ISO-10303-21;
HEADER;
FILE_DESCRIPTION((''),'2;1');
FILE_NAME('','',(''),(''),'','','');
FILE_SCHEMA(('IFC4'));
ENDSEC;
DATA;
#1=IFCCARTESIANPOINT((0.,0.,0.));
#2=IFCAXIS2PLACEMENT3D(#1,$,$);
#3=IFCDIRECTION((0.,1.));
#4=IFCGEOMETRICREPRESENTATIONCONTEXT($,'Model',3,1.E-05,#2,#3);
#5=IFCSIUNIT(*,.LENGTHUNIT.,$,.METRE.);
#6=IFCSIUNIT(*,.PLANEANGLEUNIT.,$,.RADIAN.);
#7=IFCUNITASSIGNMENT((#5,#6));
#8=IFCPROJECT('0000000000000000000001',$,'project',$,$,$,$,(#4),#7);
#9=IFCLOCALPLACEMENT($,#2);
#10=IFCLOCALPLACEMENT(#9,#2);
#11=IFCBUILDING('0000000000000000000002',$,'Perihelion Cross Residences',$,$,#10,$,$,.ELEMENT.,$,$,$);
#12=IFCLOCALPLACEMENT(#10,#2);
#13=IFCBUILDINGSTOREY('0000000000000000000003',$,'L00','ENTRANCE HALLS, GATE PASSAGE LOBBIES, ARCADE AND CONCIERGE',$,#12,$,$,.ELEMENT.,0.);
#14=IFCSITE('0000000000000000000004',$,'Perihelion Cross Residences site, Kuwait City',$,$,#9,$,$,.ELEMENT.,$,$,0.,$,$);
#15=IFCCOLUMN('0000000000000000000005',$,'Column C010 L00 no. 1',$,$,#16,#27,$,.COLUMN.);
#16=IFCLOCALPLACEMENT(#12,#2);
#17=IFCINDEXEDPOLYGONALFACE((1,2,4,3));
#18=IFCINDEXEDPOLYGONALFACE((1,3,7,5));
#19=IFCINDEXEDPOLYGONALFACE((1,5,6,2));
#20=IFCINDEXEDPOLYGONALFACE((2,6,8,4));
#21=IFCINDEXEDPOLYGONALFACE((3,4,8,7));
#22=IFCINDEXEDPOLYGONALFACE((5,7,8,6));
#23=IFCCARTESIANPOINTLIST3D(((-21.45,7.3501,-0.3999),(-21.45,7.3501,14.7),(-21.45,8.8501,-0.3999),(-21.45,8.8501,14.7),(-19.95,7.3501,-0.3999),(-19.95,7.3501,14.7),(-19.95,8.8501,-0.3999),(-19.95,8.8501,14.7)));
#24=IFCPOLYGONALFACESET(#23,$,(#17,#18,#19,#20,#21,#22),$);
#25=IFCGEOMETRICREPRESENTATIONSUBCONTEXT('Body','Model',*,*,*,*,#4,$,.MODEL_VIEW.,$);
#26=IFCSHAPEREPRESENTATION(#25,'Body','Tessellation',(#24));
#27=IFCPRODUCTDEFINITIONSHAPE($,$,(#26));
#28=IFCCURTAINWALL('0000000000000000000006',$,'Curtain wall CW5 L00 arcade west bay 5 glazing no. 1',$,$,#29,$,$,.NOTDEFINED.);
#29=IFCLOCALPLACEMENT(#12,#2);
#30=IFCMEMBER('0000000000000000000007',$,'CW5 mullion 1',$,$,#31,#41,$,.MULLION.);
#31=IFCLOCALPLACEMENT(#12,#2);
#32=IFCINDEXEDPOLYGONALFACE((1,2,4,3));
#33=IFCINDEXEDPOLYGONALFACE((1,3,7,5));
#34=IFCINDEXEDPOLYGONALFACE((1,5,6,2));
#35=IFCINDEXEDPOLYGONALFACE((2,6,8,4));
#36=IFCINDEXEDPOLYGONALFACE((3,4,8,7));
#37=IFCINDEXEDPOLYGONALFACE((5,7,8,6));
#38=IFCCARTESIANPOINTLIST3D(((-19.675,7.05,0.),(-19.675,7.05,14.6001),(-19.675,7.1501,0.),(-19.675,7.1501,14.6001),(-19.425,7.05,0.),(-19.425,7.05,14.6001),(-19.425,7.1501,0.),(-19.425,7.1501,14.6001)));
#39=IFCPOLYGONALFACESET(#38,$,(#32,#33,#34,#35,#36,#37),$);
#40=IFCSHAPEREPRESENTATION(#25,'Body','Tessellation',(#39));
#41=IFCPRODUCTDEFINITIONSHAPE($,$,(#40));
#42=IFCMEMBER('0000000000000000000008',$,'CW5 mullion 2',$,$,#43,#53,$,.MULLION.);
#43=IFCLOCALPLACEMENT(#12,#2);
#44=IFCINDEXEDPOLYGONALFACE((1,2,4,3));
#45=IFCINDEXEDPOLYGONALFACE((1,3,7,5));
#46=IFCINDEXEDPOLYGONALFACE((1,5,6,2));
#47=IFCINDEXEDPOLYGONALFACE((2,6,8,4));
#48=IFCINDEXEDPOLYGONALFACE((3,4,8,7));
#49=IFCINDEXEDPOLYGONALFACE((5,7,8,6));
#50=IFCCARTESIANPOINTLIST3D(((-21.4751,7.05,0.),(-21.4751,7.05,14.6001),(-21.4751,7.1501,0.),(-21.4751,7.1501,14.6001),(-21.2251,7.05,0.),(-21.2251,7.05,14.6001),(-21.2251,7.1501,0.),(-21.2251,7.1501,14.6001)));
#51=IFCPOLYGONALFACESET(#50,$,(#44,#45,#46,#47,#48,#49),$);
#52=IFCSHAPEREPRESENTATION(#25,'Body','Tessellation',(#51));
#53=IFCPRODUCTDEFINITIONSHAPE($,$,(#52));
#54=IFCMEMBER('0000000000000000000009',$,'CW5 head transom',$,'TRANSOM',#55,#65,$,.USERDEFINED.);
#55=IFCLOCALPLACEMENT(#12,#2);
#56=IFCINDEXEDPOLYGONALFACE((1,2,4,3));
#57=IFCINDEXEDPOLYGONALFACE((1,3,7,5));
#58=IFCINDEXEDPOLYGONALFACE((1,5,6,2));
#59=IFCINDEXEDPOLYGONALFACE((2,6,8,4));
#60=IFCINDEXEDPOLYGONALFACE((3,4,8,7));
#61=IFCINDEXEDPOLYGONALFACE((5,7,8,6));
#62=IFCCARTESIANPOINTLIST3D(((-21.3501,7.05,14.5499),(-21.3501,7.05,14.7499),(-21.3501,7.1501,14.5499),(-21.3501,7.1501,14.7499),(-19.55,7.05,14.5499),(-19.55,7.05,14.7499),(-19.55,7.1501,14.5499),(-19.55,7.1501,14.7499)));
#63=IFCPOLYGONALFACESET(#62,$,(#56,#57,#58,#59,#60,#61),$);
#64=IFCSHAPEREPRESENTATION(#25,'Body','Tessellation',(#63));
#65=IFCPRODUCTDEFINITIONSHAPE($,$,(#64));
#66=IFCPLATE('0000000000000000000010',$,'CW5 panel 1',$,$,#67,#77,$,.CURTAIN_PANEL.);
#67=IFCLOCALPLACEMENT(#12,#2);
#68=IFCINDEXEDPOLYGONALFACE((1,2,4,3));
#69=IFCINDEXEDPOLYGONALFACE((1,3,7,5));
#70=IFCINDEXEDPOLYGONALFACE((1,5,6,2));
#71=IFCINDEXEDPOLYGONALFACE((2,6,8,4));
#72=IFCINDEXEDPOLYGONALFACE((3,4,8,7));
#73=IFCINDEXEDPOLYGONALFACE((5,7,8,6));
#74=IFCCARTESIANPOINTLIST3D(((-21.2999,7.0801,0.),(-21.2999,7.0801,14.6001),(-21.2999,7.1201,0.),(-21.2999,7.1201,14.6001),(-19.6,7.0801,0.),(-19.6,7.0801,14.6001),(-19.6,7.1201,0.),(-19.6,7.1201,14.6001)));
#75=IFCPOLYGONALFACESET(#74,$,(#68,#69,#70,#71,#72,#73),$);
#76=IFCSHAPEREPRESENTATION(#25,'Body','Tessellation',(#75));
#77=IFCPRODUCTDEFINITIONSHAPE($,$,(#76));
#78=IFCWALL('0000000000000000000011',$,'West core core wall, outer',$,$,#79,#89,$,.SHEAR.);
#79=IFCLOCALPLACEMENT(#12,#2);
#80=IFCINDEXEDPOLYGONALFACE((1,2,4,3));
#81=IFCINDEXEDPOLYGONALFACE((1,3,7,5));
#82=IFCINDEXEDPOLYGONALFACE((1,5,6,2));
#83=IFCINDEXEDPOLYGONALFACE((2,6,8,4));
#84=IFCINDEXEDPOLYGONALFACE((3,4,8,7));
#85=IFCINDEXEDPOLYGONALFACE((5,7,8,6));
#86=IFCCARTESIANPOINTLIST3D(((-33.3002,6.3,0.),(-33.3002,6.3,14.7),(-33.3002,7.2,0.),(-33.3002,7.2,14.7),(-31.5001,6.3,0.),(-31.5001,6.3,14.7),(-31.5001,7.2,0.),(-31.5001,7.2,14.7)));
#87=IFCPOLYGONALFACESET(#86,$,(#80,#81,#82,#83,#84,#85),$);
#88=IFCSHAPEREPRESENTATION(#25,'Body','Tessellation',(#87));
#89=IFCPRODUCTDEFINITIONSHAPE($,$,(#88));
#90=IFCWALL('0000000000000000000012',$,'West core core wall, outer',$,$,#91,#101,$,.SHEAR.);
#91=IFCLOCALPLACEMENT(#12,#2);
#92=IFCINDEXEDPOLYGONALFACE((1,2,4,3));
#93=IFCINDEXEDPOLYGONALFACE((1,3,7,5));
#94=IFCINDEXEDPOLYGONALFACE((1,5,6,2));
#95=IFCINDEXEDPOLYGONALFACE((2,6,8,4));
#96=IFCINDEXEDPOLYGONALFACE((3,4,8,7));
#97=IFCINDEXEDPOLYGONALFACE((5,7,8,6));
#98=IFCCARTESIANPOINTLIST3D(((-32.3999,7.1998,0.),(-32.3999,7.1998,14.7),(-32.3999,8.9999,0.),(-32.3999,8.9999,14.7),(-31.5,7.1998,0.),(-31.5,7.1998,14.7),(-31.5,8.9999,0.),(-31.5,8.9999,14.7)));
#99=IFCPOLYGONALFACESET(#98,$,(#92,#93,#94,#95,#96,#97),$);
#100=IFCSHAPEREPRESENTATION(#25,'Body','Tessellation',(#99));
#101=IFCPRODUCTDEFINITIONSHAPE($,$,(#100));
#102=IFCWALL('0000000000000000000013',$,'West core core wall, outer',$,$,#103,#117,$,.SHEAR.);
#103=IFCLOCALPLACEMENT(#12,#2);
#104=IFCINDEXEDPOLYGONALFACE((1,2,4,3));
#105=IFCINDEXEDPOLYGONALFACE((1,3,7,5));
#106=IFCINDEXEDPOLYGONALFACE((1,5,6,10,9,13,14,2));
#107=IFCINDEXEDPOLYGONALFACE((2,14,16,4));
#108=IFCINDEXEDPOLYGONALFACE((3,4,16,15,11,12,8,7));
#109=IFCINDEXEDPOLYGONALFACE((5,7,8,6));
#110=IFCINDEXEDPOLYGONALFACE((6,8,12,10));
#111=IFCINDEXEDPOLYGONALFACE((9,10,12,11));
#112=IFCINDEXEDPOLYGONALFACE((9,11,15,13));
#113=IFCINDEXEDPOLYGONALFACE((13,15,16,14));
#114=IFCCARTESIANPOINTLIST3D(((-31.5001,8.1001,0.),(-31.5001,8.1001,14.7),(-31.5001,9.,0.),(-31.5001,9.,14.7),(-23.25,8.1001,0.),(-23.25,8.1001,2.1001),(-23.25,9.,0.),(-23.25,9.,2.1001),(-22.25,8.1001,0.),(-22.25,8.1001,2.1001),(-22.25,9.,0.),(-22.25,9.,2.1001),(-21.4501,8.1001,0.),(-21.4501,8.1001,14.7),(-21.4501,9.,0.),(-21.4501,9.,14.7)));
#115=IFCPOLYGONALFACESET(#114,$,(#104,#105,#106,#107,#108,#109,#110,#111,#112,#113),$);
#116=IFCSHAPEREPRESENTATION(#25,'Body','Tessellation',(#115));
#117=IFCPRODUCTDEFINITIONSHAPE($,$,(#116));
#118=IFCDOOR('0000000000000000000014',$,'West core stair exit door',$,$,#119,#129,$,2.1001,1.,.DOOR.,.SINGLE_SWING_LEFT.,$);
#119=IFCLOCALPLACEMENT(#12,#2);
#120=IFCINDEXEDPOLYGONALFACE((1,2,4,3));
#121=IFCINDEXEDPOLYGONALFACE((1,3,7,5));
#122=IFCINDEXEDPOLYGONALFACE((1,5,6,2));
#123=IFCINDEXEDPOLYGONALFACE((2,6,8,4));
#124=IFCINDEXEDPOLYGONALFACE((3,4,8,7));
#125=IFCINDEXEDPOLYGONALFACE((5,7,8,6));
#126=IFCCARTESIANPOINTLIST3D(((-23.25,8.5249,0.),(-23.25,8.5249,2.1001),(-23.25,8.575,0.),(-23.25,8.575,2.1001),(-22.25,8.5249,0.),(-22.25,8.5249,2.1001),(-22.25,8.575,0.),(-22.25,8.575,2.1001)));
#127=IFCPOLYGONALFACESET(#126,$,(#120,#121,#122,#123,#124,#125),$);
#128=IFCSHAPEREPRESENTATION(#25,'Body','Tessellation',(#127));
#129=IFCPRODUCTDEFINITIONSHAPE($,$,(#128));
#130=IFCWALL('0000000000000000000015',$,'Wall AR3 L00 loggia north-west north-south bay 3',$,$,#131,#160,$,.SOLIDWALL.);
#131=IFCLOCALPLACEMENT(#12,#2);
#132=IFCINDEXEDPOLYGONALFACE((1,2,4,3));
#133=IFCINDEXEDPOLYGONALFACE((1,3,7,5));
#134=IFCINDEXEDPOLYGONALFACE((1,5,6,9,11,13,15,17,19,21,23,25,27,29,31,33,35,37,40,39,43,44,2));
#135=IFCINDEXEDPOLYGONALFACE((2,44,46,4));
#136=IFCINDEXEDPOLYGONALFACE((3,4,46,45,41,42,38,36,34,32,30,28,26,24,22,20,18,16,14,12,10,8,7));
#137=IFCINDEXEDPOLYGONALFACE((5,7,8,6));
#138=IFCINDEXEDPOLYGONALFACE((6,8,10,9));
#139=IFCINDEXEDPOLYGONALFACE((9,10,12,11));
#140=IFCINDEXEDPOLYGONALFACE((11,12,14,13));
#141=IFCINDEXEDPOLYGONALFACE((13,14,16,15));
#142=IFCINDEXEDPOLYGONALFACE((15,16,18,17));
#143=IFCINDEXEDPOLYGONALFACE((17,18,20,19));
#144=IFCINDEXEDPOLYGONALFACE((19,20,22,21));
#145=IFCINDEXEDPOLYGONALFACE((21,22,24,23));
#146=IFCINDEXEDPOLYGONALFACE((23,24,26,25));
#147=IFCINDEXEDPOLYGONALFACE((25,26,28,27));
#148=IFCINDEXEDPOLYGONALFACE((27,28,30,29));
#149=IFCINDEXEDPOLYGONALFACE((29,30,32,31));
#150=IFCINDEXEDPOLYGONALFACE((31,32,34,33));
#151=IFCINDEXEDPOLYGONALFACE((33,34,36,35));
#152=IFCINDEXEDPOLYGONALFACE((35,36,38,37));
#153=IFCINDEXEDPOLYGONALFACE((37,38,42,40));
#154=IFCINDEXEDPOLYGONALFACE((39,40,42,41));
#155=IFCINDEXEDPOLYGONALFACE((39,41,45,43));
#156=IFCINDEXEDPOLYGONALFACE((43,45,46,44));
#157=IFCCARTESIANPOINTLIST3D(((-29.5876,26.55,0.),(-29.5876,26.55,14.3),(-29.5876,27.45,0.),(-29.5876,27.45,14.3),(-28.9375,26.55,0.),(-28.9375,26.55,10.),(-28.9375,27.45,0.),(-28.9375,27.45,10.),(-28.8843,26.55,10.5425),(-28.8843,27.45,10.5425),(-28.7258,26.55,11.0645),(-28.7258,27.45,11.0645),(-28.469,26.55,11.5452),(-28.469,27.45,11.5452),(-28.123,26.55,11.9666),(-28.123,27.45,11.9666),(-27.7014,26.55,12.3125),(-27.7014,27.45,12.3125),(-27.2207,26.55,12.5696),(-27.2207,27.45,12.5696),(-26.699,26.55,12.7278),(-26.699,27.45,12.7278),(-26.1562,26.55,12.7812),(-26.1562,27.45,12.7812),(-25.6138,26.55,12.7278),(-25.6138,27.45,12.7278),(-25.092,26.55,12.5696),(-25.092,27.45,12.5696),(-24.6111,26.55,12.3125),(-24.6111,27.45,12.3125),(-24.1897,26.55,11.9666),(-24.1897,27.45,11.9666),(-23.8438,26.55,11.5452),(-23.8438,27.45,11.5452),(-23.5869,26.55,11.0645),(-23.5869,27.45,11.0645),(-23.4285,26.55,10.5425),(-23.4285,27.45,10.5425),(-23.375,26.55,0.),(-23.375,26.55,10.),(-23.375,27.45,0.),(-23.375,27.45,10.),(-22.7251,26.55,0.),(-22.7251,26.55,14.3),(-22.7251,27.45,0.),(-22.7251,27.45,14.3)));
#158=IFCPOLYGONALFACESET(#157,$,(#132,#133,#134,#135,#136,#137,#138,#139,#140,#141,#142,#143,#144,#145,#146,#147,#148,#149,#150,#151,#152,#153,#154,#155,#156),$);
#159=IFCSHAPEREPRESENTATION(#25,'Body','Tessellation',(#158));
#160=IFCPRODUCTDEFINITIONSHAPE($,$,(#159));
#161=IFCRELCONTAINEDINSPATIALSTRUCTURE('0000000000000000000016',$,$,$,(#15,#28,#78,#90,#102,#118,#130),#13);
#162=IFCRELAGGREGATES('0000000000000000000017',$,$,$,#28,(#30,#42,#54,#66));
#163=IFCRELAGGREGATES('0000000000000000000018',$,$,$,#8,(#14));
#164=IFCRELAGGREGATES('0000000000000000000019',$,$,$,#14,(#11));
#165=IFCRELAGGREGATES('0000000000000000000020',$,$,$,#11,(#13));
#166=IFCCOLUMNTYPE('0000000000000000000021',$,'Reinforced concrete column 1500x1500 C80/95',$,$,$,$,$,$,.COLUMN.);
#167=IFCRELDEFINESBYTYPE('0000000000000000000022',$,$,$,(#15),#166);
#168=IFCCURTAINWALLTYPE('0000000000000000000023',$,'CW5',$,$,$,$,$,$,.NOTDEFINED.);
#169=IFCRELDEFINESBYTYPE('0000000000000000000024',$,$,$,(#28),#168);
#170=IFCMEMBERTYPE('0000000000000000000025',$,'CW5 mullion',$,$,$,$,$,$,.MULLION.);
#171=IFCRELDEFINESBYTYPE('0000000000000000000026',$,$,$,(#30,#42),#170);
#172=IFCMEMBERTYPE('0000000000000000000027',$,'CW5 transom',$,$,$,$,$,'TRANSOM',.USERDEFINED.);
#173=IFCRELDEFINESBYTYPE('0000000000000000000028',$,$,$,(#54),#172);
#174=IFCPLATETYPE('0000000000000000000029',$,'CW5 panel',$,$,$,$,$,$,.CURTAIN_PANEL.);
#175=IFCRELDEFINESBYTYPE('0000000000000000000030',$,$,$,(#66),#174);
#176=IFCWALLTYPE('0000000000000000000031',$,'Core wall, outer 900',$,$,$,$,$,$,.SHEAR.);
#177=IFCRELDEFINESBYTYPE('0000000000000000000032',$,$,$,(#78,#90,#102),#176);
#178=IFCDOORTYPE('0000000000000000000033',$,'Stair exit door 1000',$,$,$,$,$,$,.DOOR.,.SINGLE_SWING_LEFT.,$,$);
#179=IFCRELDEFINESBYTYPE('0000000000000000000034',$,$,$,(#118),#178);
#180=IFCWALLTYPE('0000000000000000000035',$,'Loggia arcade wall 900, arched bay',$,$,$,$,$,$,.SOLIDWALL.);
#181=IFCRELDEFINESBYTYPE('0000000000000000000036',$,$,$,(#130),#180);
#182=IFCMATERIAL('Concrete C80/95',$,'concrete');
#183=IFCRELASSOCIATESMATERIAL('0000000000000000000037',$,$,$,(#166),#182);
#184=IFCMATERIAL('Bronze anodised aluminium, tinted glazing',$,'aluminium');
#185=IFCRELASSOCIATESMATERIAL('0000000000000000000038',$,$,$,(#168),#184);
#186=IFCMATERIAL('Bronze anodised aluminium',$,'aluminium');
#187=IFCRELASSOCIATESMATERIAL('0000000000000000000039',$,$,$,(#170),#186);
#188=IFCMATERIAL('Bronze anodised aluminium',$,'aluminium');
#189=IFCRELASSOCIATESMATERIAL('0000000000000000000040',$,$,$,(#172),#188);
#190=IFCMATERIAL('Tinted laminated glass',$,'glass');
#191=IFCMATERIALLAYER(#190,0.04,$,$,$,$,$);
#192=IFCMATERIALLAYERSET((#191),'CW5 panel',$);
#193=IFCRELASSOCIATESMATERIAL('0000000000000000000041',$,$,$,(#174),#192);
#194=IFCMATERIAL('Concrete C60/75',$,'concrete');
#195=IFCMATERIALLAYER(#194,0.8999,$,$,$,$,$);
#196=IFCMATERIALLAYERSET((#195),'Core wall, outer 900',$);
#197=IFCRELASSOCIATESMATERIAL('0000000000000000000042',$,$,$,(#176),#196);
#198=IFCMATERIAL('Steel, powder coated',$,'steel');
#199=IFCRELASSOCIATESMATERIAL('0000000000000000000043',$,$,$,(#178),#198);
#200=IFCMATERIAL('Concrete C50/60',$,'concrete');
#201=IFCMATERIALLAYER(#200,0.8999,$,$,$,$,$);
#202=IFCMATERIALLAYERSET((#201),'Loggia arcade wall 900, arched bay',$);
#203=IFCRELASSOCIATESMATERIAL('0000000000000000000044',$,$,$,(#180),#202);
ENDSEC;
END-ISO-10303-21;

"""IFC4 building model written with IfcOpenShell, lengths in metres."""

from ifc_helpers import new_model, si_unit, direction, frame, frame_2d, origin, origin_2d, place, context, subcontext, project, spatial, polyline, rectangle, outline, extrude, material, layer, layer_set, material_profile, profile_set, type_object, element, fill, aggregate, save


model = new_model("IFC4")

# Units and contexts
model_context = context("Model", 3, precision=1e-05, world=origin(), true_north=direction((0.0, 1.0)))
body_context = subcontext(model_context, "Body", "Model", "MODEL_VIEW")
ifc_project = project(units=[si_unit("LENGTHUNIT", "METRE"), si_unit("PLANEANGLEUNIT", "RADIAN")], contexts=[model_context])

# Site, building, storey
site_placement = place(None, origin())
site = spatial("IfcSite", under=ifc_project, at=site_placement, Name="Perihelion Cross Residences site, Kuwait City", CompositionType="ELEMENT", RefElevation=0.0)
building_placement = place(site_placement, origin())
building = spatial("IfcBuilding", under=site, at=building_placement, Name="Perihelion Cross Residences", CompositionType="ELEMENT")
storey_placement = place(building_placement, origin())
storey = spatial("IfcBuildingStorey", under=building, at=storey_placement, Name="L00", Description="ENTRANCE HALLS, GATE PASSAGE LOBBIES, ARCADE AND CONCIERGE", CompositionType="ELEMENT", Elevation=0.0)

# Column
ifc_material_1 = material(Name="Concrete C80/95", Category="concrete")
ifc_material_profile_1 = material_profile(ifc_material_1, rectangle(XDim=1.5, YDim=1.5, at=origin_2d()), Name="RC 1500x1500")
ifc_profile_set_1 = profile_set([ifc_material_profile_1], Name="Concrete C80/95")
column_type = type_object("IfcColumnType", Name="Reinforced concrete column 1500x1500 C80/95", PredefinedType="COLUMN", material=ifc_profile_set_1)
column_placement = place(storey_placement, frame((-20.7, 8.1001, -0.3999), z_axis=(0.0, 0.0, 1.0), x_axis=(1.0, 0.0, 0.0)))
element("IfcColumn", 1, at=column_placement, inside=storey, type_object=column_type, Name="Column C010 L00 no. 1", PredefinedType="COLUMN", context=body_context, shape_type="SweptSolid", body=[
    extrude(rectangle(XDim=1.5, YDim=1.5, at=origin_2d()), origin(), (0.0, 0.0, 1.0), 15.0999),
])

# Curtain wall, members, plate
ifc_material_2 = material(Name="Bronze anodised aluminium, tinted glazing", Category="aluminium")
curtain_wall_type = type_object("IfcCurtainWallType", Name="CW5", PredefinedType="NOTDEFINED", material=ifc_material_2)
curtain_wall_placement = place(storey_placement, origin())
curtain_wall = element("IfcCurtainWall", 2, at=curtain_wall_placement, inside=storey, type_object=curtain_wall_type, Name="Curtain wall CW5 L00 arcade west bay 5 glazing no. 1", PredefinedType="NOTDEFINED")
ifc_material_3 = material(Name="Bronze anodised aluminium", Category="aluminium")
ifc_material_profile_2 = material_profile(ifc_material_3, rectangle(XDim=0.1001, YDim=0.25, at=origin_2d()), Name="CW5 mullion")
ifc_profile_set_2 = profile_set([ifc_material_profile_2], Name="Bronze anodised aluminium")
member_type_1 = type_object("IfcMemberType", Name="CW5 mullion", PredefinedType="MULLION", material=ifc_profile_set_2)
member_1_placement = place(storey_placement, frame((-19.55, 7.1001, 0.0), z_axis=(0.0, 0.0, 1.0), x_axis=(0.0, -1.0, 0.0)))
member_1 = element("IfcMember", 3, at=member_1_placement, type_object=member_type_1, Name="CW5 mullion 1", PredefinedType="MULLION", context=body_context, shape_type="SweptSolid", body=[
    extrude(rectangle(XDim=0.1001, YDim=0.25, at=origin_2d()), origin(), (0.0, 0.0, 1.0), 14.6001),
])
member_2_placement = place(storey_placement, frame((-21.3501, 7.1001, 0.0), z_axis=(0.0, 0.0, 1.0), x_axis=(0.0, -1.0, 0.0)))
member_2 = element("IfcMember", 4, at=member_2_placement, type_object=member_type_1, Name="CW5 mullion 2", PredefinedType="MULLION", context=body_context, shape_type="SweptSolid", body=[
    extrude(rectangle(XDim=0.1001, YDim=0.25, at=origin_2d()), origin(), (0.0, 0.0, 1.0), 14.6001),
])
ifc_material_4 = material(Name="Bronze anodised aluminium", Category="aluminium")
ifc_material_profile_3 = material_profile(ifc_material_4, rectangle(XDim=0.1001, YDim=0.2, at=origin_2d()), Name="CW5 transom")
ifc_profile_set_3 = profile_set([ifc_material_profile_3], Name="Bronze anodised aluminium")
member_type_2 = type_object("IfcMemberType", Name="CW5 transom", ElementType="TRANSOM", PredefinedType="USERDEFINED", material=ifc_profile_set_3)
member_3_placement = place(storey_placement, frame((-19.55, 7.1001, 14.6499), z_axis=(-1.0, 0.0, 0.0), x_axis=(0.0, -1.0, 0.0)))
member_3 = element("IfcMember", 5, at=member_3_placement, type_object=member_type_2, Name="CW5 head transom", ObjectType="TRANSOM", PredefinedType="USERDEFINED", context=body_context, shape_type="SweptSolid", body=[
    extrude(rectangle(XDim=0.1001, YDim=0.2, at=origin_2d()), origin(), (0.0, 0.0, 1.0), 1.8),
])
ifc_material_5 = material(Name="Tinted laminated glass", Category="glass")
ifc_layer_1 = layer(ifc_material_5, 0.04)
ifc_layer_set_1 = layer_set([ifc_layer_1], Name="CW5 panel")
plate_type = type_object("IfcPlateType", Name="CW5 panel", PredefinedType="CURTAIN_PANEL", material=ifc_layer_set_1)
plate_placement = place(storey_placement, frame((-20.45, 7.1001, 0.0), z_axis=(0.0, 0.0, 1.0), x_axis=(-1.0, 0.0, 0.0)))
plate = element("IfcPlate", 6, at=plate_placement, type_object=plate_type, Name="CW5 panel 1", PredefinedType="CURTAIN_PANEL", context=body_context, shape_type="SweptSolid", body=[
    extrude(rectangle(XDim=1.7, YDim=0.04, at=origin_2d()), origin(), (0.0, 0.0, 1.0), 14.6001),
])
aggregate(curtain_wall, [member_1, member_2, member_3, plate])

# Walls
ifc_material_6 = material(Name="Concrete C60/75", Category="concrete")
ifc_layer_2 = layer(ifc_material_6, 0.8999)
ifc_layer_set_2 = layer_set([ifc_layer_2], Name="Core wall, outer 900")
wall_type_1 = type_object("IfcWallType", Name="Core wall, outer 900", PredefinedType="SHEAR", material=ifc_layer_set_2)
for number, where, z_axis, x_axis, name in (
    (7, (-33.3, 6.75, 0.0), (0.0, 0.0, 1.0), (1.0, 0.0, 0.0), "West core core wall, outer"),
    (8, (-31.95, 7.2, 0.0), (0.0, 0.0, 1.0), (0.0, 1.0, 0.0), "West core core wall, outer"),
):
    element("IfcWall", number, at=place(storey_placement, frame(where, z_axis=z_axis, x_axis=x_axis)), inside=storey, type_object=wall_type_1, Name=name, PredefinedType="SHEAR", context=body_context, shape_type="SweptSolid", body=[
        extrude(rectangle(XDim=1.8, YDim=0.8999, at=frame_2d((0.8999, 0.0))), origin(), (0.0, 0.0, 1.0), 14.7),
    ])

# Wall, opening, door
wall_placement = place(storey_placement, frame((-31.5, 8.55, 0.0), z_axis=(0.0, 0.0, 1.0), x_axis=(1.0, 0.0, 0.0)))
wall = element("IfcWall", 9, at=wall_placement, inside=storey, type_object=wall_type_1, Name="West core core wall, outer", PredefinedType="SHEAR", context=body_context, shape_type="SweptSolid", body=[
    extrude(rectangle(XDim=10.05, YDim=0.8999, at=frame_2d((5.0249, 0.0))), origin(), (0.0, 0.0, 1.0), 14.7),
])
opening_placement = place(wall_placement, frame((8.25, 0.0, 0.0)))
opening = element("IfcOpeningElement", 10, at=opening_placement, cuts=wall, PredefinedType="OPENING", context=body_context, shape_type="SweptSolid", body=[
    extrude(rectangle(XDim=1.0, YDim=2.1001, at=frame_2d((0.5, 1.05))), frame((0.0, 0.46, 0.0), z_axis=(0.0, -1.0, 0.0), x_axis=(1.0, 0.0, 0.0)), (0.0, 0.0, 1.0), 0.9199),
])
ifc_material_7 = material(Name="Steel, powder coated", Category="steel")
door_type = type_object("IfcDoorType", Name="Stair exit door 1000", OperationType="SINGLE_SWING_LEFT", PredefinedType="DOOR", material=ifc_material_7)
door_placement = place(opening_placement, origin())
door = element("IfcDoor", 11, at=door_placement, inside=storey, type_object=door_type, Name="West core stair exit door", OperationType="SINGLE_SWING_LEFT", OverallHeight=2.1001, OverallWidth=1.0, PredefinedType="DOOR", context=body_context, shape_type="SweptSolid", body=[
    extrude(rectangle(XDim=1.0, YDim=2.1001, at=frame_2d((0.5, 1.05))), frame((0.0, 0.0249, 0.0), z_axis=(0.0, -1.0, 0.0), x_axis=(1.0, 0.0, 0.0)), (0.0, 0.0, 1.0), 0.05),
])
fill(opening, door)

# Wall
ifc_material_8 = material(Name="Concrete C50/60", Category="concrete")
ifc_layer_3 = layer(ifc_material_8, 0.8999)
ifc_layer_set_3 = layer_set([ifc_layer_3], Name="Loggia arcade wall 900, arched bay")
wall_type_2 = type_object("IfcWallType", Name="Loggia arcade wall 900, arched bay", PredefinedType="SOLIDWALL", material=ifc_layer_set_3)
for number, where, z_axis, x_axis, name in (
    (12, (-22.7251, 26.55, 0.0), (0.0, 1.0, 0.0), (-1.0, 0.0, 0.0), "Wall AR3 L00 loggia north-west north-south bay 3"),
):
    element("IfcWall", number, at=place(storey_placement, frame(where, z_axis=z_axis, x_axis=x_axis)), inside=storey, type_object=wall_type_2, Name=name, PredefinedType="SOLIDWALL", context=body_context, shape_type="SweptSolid", body=[
        extrude(outline(polyline([(0.0, 0.0), (0.6499, 0.0), (0.6499, 10.0), (0.7034, 10.5425), (0.8618, 11.0645), (1.1187, 11.5452), (1.4646, 11.9666), (1.886, 12.3125), (2.3669, 12.5696), (2.8887, 12.7278), (3.4312, 12.7812), (3.9739, 12.7278), (4.4956, 12.5696), (4.9763, 12.3125), (5.3979, 11.9666), (5.7439, 11.5452), (6.0007, 11.0645), (6.1592, 10.5425), (6.2124, 10.0), (6.2124, 0.0), (6.8625, 0.0), (6.8625, 14.3), (0.0, 14.3), (0.0, 0.0)])), origin(), (0.0, 0.0, 1.0), 0.8999),
    ])

save(model, "model.ifc")
